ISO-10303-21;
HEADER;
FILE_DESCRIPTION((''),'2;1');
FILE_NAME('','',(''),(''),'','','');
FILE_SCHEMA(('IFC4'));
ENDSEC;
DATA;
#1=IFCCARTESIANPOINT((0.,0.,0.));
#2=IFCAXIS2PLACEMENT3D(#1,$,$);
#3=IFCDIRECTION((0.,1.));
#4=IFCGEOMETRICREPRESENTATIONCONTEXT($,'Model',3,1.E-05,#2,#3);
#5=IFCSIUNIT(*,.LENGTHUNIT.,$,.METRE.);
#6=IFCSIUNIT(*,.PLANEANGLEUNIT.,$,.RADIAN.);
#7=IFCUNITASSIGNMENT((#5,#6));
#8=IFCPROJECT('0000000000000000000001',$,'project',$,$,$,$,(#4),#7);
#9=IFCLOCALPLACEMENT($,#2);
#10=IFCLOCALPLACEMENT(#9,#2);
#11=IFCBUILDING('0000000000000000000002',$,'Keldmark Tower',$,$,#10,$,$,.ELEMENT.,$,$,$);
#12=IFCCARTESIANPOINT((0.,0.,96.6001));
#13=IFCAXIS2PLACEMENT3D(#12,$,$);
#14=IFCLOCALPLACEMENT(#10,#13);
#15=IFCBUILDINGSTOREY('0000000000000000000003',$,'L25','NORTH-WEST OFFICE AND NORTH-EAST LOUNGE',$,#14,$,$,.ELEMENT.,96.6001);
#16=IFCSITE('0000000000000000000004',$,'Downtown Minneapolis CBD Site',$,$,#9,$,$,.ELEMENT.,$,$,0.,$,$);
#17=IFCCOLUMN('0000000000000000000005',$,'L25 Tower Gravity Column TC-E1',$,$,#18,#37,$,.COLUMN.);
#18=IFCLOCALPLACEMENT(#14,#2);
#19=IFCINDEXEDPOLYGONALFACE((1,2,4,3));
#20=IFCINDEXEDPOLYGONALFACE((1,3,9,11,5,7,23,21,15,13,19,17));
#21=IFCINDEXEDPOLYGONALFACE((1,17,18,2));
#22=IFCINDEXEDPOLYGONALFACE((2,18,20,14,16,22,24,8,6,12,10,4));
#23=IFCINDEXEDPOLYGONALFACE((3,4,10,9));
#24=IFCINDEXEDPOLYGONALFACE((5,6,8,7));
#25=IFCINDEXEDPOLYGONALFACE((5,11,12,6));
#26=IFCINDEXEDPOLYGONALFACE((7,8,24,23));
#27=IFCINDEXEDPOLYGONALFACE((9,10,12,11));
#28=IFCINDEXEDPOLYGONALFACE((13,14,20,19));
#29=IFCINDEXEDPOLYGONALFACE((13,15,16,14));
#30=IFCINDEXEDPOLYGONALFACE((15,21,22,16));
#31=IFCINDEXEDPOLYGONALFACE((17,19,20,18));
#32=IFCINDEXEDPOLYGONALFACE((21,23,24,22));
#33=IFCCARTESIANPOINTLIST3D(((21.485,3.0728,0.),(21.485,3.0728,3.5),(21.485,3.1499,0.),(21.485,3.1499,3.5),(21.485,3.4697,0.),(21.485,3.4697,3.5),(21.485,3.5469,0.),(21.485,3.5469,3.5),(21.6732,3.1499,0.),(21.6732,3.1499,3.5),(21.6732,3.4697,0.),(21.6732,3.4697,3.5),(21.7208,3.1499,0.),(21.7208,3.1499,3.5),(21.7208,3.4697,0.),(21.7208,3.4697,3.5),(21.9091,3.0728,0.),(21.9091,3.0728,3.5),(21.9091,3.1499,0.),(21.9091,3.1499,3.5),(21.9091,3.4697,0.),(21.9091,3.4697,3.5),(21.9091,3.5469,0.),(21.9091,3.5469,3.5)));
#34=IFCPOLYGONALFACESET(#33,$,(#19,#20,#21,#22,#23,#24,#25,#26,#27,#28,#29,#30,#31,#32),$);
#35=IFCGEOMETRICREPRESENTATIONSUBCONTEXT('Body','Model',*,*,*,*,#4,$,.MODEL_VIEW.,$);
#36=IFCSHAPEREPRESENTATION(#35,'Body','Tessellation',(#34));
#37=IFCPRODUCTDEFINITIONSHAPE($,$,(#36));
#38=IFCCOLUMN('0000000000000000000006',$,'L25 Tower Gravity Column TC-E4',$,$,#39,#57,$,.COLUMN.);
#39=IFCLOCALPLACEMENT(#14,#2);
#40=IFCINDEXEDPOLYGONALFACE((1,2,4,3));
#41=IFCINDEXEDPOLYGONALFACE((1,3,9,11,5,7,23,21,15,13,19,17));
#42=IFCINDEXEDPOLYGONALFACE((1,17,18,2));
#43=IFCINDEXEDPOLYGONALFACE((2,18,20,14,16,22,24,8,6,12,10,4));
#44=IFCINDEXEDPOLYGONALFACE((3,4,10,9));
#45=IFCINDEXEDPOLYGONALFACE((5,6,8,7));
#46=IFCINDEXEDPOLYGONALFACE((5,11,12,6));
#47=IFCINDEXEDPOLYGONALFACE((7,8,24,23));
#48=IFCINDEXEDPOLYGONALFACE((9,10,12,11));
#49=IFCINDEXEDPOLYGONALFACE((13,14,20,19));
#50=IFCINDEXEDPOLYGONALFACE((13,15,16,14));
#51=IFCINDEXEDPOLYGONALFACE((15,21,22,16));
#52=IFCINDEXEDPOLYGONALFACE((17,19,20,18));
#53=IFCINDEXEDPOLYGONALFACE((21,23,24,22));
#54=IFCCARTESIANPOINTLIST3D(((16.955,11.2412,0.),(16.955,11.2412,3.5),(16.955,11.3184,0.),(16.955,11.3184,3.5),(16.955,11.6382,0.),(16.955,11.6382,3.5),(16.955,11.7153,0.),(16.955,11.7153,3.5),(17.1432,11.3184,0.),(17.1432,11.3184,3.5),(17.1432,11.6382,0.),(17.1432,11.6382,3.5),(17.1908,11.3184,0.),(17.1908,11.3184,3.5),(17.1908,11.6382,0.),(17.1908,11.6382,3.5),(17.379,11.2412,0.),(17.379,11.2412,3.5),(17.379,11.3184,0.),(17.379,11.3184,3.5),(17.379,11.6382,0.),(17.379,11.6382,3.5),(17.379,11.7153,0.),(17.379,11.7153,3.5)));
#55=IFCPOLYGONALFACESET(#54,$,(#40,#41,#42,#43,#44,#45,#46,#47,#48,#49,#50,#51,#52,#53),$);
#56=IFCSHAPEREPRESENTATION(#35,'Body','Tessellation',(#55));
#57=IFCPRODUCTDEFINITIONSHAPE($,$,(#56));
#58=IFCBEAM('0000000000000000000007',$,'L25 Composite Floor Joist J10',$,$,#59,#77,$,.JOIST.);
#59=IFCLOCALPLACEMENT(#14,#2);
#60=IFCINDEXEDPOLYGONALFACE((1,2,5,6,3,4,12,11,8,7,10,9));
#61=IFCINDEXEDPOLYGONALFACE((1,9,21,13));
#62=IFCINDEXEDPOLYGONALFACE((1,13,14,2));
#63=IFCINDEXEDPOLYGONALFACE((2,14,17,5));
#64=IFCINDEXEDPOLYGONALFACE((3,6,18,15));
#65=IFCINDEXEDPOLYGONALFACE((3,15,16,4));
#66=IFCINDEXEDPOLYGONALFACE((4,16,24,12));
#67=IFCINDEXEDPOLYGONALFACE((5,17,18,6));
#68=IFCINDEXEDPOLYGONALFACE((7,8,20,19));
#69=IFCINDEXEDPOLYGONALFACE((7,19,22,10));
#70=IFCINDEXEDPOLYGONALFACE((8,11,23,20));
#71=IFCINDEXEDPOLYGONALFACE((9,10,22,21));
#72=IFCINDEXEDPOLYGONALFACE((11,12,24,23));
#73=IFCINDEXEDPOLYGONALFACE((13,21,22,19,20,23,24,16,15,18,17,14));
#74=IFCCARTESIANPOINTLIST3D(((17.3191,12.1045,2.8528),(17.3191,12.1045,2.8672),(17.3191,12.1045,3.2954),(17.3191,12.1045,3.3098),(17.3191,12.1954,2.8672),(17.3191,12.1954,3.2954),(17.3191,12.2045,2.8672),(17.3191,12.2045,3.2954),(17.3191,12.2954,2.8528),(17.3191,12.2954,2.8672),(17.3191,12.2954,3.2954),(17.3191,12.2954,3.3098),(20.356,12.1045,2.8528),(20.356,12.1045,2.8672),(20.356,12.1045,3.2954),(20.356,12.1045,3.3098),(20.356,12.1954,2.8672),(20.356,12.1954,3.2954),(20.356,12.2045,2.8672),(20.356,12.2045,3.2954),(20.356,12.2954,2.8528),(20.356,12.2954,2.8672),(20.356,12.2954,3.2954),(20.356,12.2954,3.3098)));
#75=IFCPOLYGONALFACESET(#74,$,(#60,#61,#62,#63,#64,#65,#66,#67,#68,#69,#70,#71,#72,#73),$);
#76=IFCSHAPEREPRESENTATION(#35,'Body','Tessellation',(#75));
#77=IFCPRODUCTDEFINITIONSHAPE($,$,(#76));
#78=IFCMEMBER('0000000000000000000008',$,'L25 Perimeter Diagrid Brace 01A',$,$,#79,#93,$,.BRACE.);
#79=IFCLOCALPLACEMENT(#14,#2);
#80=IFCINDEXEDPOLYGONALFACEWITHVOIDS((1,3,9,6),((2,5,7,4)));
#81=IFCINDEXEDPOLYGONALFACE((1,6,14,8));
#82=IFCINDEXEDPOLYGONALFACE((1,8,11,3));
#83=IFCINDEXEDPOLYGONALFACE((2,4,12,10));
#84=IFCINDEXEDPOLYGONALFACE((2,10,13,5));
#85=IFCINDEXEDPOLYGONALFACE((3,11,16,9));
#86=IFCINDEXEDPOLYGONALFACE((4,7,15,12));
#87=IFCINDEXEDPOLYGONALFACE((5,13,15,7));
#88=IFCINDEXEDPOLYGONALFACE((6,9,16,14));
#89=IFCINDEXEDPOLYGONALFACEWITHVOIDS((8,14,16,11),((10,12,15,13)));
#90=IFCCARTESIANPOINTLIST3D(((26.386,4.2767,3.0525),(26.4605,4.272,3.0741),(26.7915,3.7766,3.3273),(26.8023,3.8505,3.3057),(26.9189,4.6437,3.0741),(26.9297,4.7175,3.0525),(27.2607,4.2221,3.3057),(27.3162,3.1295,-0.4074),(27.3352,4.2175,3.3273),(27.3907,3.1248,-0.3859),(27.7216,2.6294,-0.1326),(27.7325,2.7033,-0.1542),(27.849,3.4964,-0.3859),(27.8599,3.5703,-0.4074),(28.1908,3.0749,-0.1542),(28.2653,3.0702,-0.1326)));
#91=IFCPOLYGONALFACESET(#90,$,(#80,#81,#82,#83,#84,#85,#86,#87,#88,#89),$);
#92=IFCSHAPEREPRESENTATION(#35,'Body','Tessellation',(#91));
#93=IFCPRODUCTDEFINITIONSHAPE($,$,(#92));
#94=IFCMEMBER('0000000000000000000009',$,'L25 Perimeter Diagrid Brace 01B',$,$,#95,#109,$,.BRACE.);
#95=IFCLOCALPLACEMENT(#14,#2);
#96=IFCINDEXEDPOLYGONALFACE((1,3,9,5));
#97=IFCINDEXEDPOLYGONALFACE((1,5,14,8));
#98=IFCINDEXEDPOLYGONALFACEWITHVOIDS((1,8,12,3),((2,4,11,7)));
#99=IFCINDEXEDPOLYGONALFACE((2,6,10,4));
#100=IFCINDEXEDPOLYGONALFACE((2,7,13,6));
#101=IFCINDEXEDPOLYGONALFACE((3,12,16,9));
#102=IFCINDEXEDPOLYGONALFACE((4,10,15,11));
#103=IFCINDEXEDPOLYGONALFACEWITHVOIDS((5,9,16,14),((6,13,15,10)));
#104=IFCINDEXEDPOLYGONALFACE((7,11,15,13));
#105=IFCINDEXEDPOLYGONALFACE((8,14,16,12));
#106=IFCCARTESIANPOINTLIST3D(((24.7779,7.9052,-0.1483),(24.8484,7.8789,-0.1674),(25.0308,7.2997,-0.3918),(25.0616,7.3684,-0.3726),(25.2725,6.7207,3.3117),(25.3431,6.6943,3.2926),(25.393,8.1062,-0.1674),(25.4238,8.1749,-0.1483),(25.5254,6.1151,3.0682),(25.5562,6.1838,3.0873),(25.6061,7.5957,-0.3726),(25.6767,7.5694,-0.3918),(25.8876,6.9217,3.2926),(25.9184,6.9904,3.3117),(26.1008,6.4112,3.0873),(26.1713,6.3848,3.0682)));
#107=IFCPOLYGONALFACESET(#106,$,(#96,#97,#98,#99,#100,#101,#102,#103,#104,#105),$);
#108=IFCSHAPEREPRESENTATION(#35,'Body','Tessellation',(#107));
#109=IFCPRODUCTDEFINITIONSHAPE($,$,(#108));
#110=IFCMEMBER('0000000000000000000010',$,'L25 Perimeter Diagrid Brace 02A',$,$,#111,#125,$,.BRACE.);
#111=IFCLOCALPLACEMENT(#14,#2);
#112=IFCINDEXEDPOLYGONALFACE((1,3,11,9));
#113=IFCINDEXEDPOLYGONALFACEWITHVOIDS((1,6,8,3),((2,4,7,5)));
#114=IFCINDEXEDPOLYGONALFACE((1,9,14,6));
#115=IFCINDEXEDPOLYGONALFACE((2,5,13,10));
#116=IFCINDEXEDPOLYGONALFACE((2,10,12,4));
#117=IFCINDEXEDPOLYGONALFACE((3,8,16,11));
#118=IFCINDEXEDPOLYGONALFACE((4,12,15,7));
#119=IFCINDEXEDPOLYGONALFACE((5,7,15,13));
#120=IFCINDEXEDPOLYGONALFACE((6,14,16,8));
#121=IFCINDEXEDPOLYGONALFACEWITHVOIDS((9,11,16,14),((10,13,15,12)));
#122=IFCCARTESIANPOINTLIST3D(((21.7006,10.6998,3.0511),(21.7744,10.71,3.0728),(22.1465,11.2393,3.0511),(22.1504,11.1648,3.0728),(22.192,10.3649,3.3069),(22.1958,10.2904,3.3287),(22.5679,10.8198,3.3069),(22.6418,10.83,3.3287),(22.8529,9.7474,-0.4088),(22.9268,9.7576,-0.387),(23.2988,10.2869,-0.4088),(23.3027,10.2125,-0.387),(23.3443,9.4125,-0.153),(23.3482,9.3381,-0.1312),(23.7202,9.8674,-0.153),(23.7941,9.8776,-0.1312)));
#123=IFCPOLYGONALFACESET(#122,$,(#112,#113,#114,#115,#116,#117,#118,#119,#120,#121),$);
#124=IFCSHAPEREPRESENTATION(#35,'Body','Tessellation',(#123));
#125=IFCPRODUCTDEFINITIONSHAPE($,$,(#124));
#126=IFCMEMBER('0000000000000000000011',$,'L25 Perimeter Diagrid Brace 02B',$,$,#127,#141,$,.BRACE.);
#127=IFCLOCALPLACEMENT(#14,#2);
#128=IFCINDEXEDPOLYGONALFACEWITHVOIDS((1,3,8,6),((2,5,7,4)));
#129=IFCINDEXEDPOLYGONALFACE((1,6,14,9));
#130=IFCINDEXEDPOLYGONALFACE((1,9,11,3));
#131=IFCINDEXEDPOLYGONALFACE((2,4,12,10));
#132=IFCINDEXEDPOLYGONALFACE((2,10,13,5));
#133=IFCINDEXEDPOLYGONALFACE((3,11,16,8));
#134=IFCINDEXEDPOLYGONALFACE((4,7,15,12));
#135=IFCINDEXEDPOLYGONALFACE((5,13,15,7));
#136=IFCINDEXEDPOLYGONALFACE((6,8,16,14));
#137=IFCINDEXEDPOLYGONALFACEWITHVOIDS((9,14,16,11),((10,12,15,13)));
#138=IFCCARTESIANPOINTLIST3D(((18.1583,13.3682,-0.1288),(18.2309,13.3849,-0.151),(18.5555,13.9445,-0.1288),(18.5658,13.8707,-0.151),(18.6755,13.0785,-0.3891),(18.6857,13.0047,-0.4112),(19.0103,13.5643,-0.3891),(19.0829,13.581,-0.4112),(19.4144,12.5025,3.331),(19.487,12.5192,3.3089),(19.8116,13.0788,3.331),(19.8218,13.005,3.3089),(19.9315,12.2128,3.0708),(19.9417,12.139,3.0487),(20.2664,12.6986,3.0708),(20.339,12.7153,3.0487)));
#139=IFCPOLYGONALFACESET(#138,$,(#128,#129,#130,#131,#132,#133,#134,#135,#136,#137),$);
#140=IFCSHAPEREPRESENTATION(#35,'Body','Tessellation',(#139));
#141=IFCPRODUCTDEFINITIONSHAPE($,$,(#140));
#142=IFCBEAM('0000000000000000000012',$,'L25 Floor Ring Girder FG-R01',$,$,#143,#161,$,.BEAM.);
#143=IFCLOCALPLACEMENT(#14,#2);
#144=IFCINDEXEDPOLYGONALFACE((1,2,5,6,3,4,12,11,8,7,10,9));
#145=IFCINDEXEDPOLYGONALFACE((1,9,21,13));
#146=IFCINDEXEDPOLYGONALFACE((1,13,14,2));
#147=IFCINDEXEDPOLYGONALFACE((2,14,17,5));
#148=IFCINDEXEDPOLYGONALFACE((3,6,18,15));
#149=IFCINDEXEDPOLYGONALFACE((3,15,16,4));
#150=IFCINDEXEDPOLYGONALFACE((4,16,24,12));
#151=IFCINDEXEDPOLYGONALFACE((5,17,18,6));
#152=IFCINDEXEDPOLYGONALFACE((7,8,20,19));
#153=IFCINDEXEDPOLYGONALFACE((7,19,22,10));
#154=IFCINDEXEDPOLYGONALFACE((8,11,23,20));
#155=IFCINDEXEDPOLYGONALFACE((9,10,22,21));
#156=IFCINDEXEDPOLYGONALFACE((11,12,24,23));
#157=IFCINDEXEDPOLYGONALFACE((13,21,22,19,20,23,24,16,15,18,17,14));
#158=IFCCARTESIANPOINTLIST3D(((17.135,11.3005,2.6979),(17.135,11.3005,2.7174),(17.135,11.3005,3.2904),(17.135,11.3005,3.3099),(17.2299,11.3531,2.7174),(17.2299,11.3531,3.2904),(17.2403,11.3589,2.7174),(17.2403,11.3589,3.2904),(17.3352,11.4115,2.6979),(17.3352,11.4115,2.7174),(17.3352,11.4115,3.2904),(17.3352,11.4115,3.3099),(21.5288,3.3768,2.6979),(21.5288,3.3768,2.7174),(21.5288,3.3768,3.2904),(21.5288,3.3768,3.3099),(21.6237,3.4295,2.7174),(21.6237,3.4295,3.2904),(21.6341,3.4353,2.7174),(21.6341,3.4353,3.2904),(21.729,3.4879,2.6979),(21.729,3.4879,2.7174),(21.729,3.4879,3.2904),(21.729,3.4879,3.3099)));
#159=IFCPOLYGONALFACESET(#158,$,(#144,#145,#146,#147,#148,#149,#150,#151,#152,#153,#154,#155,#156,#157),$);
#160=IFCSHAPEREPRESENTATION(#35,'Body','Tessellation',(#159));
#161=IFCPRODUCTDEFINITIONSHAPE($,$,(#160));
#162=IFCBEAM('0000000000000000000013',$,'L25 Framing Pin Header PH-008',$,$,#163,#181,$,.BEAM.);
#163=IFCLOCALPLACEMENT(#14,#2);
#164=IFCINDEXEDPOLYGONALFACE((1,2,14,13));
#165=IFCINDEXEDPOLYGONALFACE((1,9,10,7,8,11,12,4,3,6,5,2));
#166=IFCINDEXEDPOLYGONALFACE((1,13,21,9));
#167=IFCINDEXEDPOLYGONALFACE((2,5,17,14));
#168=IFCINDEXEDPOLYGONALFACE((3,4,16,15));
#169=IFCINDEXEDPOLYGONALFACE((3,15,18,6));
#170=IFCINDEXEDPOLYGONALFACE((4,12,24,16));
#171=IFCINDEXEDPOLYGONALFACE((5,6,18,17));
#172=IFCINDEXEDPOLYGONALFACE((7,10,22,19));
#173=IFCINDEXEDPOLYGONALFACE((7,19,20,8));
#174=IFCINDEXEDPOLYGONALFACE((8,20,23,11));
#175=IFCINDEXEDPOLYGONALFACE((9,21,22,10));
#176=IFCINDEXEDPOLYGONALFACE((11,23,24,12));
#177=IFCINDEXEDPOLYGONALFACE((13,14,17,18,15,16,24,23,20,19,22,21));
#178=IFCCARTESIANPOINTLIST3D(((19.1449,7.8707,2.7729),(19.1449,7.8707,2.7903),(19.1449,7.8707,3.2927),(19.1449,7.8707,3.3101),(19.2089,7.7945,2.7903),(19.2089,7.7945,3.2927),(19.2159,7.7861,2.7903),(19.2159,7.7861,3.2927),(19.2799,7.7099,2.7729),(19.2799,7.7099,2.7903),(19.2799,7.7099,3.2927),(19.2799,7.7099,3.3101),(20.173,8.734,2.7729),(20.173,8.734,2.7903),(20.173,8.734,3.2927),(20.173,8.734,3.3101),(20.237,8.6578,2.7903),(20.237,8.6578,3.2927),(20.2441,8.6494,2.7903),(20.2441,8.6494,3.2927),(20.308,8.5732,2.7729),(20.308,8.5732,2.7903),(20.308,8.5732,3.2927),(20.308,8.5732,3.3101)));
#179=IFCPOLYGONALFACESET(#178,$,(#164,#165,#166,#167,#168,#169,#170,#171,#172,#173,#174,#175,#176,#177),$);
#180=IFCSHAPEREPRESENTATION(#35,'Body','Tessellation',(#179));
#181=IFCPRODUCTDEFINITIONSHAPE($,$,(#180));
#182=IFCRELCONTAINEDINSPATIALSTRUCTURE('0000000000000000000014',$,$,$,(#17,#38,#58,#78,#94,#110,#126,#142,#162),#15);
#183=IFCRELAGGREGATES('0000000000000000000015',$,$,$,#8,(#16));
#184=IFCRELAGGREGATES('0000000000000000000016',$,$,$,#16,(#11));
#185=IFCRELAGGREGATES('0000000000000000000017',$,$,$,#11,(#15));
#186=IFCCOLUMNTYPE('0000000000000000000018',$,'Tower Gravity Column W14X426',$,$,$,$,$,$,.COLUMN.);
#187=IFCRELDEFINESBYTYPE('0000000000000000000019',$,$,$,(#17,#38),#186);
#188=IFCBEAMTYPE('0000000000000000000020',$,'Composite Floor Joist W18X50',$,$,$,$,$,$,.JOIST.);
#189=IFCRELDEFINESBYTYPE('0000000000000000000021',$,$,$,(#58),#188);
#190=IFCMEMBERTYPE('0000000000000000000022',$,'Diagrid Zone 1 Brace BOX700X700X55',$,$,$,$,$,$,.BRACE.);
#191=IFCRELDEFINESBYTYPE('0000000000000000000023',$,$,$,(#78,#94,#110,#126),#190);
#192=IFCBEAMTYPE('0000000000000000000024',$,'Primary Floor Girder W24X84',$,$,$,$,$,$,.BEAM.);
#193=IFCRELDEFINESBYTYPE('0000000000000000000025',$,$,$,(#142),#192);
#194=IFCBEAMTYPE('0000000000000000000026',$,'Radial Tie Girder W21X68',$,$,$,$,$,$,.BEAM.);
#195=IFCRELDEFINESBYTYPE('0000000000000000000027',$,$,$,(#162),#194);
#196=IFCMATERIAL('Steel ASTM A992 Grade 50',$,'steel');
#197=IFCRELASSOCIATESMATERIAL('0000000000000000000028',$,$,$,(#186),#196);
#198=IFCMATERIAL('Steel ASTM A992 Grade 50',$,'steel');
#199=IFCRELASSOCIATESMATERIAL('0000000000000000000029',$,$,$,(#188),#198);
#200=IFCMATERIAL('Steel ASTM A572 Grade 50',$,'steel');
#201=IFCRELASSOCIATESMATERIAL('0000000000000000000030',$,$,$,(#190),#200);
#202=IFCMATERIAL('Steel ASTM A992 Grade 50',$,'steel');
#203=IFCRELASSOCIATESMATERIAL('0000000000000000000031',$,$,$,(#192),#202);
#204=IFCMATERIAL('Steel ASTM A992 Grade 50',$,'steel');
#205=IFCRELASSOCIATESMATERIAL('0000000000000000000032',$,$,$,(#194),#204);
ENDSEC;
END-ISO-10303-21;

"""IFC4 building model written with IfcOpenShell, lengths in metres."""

from ifc_helpers import new_model, si_unit, direction, frame, origin, origin_2d, place, context, subcontext, project, spatial, hollow_rectangle, i_section, extrude, material, material_profile, profile_set, type_object, element, save


model = new_model("IFC4")

# Units and contexts
model_context = context("Model", 3, precision=1e-05, world=origin(), true_north=direction((0.0, 1.0)))
body_context = subcontext(model_context, "Body", "Model", "MODEL_VIEW")
ifc_project = project(units=[si_unit("LENGTHUNIT", "METRE"), si_unit("PLANEANGLEUNIT", "RADIAN")], contexts=[model_context])

# Site, building, storey
site_placement = place(None, origin())
site = spatial("IfcSite", under=ifc_project, at=site_placement, Name="Downtown Minneapolis CBD Site", CompositionType="ELEMENT", RefElevation=0.0)
building_placement = place(site_placement, origin())
building = spatial("IfcBuilding", under=site, at=building_placement, Name="Keldmark Tower", CompositionType="ELEMENT")
storey_placement = place(building_placement, frame((0.0, 0.0, 96.6001)))
storey = spatial("IfcBuildingStorey", under=building, at=storey_placement, Name="L25", Description="NORTH-WEST OFFICE AND NORTH-EAST LOUNGE", CompositionType="ELEMENT", Elevation=96.6001)

# Columns
ifc_material_1 = material(Name="Steel ASTM A992 Grade 50", Category="steel")
ifc_material_profile_1 = material_profile(ifc_material_1, i_section(OverallWidth=0.4241, OverallDepth=0.4741, WebThickness=0.0476, FlangeThickness=0.0771, at=origin_2d()), Name="W14X426")
ifc_profile_set_1 = profile_set([ifc_material_profile_1], Name="Steel ASTM A992 Grade 50")
column_type = type_object("IfcColumnType", Name="Tower Gravity Column W14X426", PredefinedType="COLUMN", material=ifc_profile_set_1)
for number, where, z_axis, x_axis, name in (
    (1, (21.697, 3.3098, 0.0), (0.0, 0.0, 1.0), (1.0, 0.0, 0.0), "L25 Tower Gravity Column TC-E1"),
    (2, (17.167, 11.4783, 0.0), (0.0, 0.0, 1.0), (1.0, 0.0, 0.0), "L25 Tower Gravity Column TC-E4"),
):
    element("IfcColumn", number, at=place(storey_placement, frame(where, z_axis=z_axis, x_axis=x_axis)), inside=storey, type_object=column_type, Name=name, PredefinedType="COLUMN", context=body_context, shape_type="SweptSolid", body=[
        extrude(i_section(OverallWidth=0.4241, OverallDepth=0.4741, WebThickness=0.0476, FlangeThickness=0.0771, at=origin_2d()), origin(), (0.0, 0.0, 1.0), 3.5),
    ])

# Beam
ifc_material_2 = material(Name="Steel ASTM A992 Grade 50", Category="steel")
ifc_material_profile_2 = material_profile(ifc_material_2, i_section(OverallWidth=0.1909, OverallDepth=0.457, WebThickness=0.009, FlangeThickness=0.0144, at=origin_2d()), Name="W18X50")
ifc_profile_set_2 = profile_set([ifc_material_profile_2], Name="Steel ASTM A992 Grade 50")
beam_type_1 = type_object("IfcBeamType", Name="Composite Floor Joist W18X50", PredefinedType="JOIST", material=ifc_profile_set_2)
beam_1_placement = place(storey_placement, frame((17.3191, 12.2, 3.0813), z_axis=(1.0, 0.0, 0.0), x_axis=(0.0, 1.0, 0.0)))
element("IfcBeam", 3, at=beam_1_placement, inside=storey, type_object=beam_type_1, Name="L25 Composite Floor Joist J10", PredefinedType="JOIST", context=body_context, shape_type="SweptSolid", body=[
    extrude(i_section(OverallWidth=0.1909, OverallDepth=0.457, WebThickness=0.009, FlangeThickness=0.0144, at=origin_2d()), origin(), (0.0, 0.0, 1.0), 3.0369),
])

# Members
ifc_material_3 = material(Name="Steel ASTM A572 Grade 50", Category="steel")
ifc_material_profile_3 = material_profile(ifc_material_3, hollow_rectangle(XDim=0.7, YDim=0.7, WallThickness=0.0549, at=origin_2d()), Name="BOX700X700X55")
ifc_profile_set_3 = profile_set([ifc_material_profile_3], Name="Steel ASTM A572 Grade 50")
member_type = type_object("IfcMemberType", Name="Diagrid Zone 1 Brace BOX700X700X55", PredefinedType="BRACE", material=ifc_profile_set_3)
member_1_placement = place(storey_placement, frame((27.7908, 3.0999, -0.27), z_axis=(-0.247255, 0.304948, 0.919713), x_axis=(-0.776756, -0.629802, 0.0)))
element("IfcMember", 4, at=member_1_placement, inside=storey, type_object=member_type, Name="L25 Perimeter Diagrid Brace 01A", PredefinedType="BRACE", context=body_context, shape_type="SweptSolid", body=[
    extrude(hollow_rectangle(XDim=0.7, YDim=0.7, WallThickness=0.0549, at=origin_2d()), origin(), (0.0, 0.0, 1.0), 3.762),
])
member_2_placement = place(storey_placement, frame((25.2273, 7.7373, -0.27), z_axis=(0.134031, -0.320985, 0.937552), x_axis=(0.922784, 0.385317, 0.0)))
element("IfcMember", 5, at=member_2_placement, inside=storey, type_object=member_type, Name="L25 Perimeter Diagrid Brace 01B", PredefinedType="BRACE", context=body_context, shape_type="SweptSolid", body=[
    extrude(hollow_rectangle(XDim=0.7, YDim=0.7, WallThickness=0.0549, at=origin_2d()), origin(), (0.0, 0.0, 1.0), 3.6904),
])
member_3_placement = place(storey_placement, frame((23.3235, 9.8125, -0.27), z_axis=(-0.305733, 0.252683, 0.917975), x_axis=(-0.637063, -0.770812, 0.0)))
element("IfcMember", 6, at=member_3_placement, inside=storey, type_object=member_type, Name="L25 Perimeter Diagrid Brace 02A", PredefinedType="BRACE", context=body_context, shape_type="SweptSolid", body=[
    extrude(hollow_rectangle(XDim=0.7, YDim=0.7, WallThickness=0.0549, at=origin_2d()), origin(), (0.0, 0.0, 1.0), 3.769),
])
member_4_placement = place(storey_placement, frame((18.6206, 13.4746, -0.27), z_axis=(0.332184, -0.228945, 0.915007), x_axis=(0.567486, 0.823383, 0.0)))
element("IfcMember", 7, at=member_4_placement, inside=storey, type_object=member_type, Name="L25 Perimeter Diagrid Brace 02B", PredefinedType="BRACE", context=body_context, shape_type="SweptSolid", body=[
    extrude(hollow_rectangle(XDim=0.7, YDim=0.7, WallThickness=0.0549, at=origin_2d()), origin(), (0.0, 0.0, 1.0), 3.7812),
])

# Beams
ifc_material_4 = material(Name="Steel ASTM A992 Grade 50", Category="steel")
ifc_material_profile_4 = material_profile(ifc_material_4, i_section(OverallWidth=0.229, OverallDepth=0.6121, WebThickness=0.012, FlangeThickness=0.0195, at=origin_2d()), Name="W24X84")
ifc_profile_set_4 = profile_set([ifc_material_profile_4], Name="Steel ASTM A992 Grade 50")
beam_type_2 = type_object("IfcBeamType", Name="Primary Floor Girder W24X84", PredefinedType="BEAM", material=ifc_profile_set_4)
beam_2_placement = place(storey_placement, frame((21.6289, 3.4324, 3.0039), z_axis=(-0.484952, 0.874541, 0.0), x_axis=(-0.874541, -0.484952, 0.0)))
element("IfcBeam", 8, at=beam_2_placement, inside=storey, type_object=beam_type_2, Name="L25 Floor Ring Girder FG-R01", PredefinedType="BEAM", context=body_context, shape_type="SweptSolid", body=[
    extrude(i_section(OverallWidth=0.229, OverallDepth=0.6121, WebThickness=0.012, FlangeThickness=0.0195, at=origin_2d()), origin(), (0.0, 0.0, 1.0), 9.0603),
])
ifc_material_5 = material(Name="Steel ASTM A992 Grade 50", Category="steel")
ifc_material_profile_5 = material_profile(ifc_material_5, i_section(OverallWidth=0.21, OverallDepth=0.5371, WebThickness=0.011, FlangeThickness=0.0173, at=origin_2d()), Name="W21X68")
ifc_profile_set_5 = profile_set([ifc_material_profile_5], Name="Steel ASTM A992 Grade 50")
beam_type_3 = type_object("IfcBeamType", Name="Radial Tie Girder W21X68", PredefinedType="BEAM", material=ifc_profile_set_5)
beam_3_placement = place(storey_placement, frame((19.2124, 7.7903, 3.0415), z_axis=(0.765816, 0.64306, 0.0), x_axis=(-0.64306, 0.765816, 0.0)))
element("IfcBeam", 9, at=beam_3_placement, inside=storey, type_object=beam_type_3, Name="L25 Framing Pin Header PH-008", PredefinedType="BEAM", context=body_context, shape_type="SweptSolid", body=[
    extrude(i_section(OverallWidth=0.21, OverallDepth=0.5371, WebThickness=0.011, FlangeThickness=0.0173, at=origin_2d()), origin(), (0.0, 0.0, 1.0), 1.3425),
])

save(model, "model.ifc")
